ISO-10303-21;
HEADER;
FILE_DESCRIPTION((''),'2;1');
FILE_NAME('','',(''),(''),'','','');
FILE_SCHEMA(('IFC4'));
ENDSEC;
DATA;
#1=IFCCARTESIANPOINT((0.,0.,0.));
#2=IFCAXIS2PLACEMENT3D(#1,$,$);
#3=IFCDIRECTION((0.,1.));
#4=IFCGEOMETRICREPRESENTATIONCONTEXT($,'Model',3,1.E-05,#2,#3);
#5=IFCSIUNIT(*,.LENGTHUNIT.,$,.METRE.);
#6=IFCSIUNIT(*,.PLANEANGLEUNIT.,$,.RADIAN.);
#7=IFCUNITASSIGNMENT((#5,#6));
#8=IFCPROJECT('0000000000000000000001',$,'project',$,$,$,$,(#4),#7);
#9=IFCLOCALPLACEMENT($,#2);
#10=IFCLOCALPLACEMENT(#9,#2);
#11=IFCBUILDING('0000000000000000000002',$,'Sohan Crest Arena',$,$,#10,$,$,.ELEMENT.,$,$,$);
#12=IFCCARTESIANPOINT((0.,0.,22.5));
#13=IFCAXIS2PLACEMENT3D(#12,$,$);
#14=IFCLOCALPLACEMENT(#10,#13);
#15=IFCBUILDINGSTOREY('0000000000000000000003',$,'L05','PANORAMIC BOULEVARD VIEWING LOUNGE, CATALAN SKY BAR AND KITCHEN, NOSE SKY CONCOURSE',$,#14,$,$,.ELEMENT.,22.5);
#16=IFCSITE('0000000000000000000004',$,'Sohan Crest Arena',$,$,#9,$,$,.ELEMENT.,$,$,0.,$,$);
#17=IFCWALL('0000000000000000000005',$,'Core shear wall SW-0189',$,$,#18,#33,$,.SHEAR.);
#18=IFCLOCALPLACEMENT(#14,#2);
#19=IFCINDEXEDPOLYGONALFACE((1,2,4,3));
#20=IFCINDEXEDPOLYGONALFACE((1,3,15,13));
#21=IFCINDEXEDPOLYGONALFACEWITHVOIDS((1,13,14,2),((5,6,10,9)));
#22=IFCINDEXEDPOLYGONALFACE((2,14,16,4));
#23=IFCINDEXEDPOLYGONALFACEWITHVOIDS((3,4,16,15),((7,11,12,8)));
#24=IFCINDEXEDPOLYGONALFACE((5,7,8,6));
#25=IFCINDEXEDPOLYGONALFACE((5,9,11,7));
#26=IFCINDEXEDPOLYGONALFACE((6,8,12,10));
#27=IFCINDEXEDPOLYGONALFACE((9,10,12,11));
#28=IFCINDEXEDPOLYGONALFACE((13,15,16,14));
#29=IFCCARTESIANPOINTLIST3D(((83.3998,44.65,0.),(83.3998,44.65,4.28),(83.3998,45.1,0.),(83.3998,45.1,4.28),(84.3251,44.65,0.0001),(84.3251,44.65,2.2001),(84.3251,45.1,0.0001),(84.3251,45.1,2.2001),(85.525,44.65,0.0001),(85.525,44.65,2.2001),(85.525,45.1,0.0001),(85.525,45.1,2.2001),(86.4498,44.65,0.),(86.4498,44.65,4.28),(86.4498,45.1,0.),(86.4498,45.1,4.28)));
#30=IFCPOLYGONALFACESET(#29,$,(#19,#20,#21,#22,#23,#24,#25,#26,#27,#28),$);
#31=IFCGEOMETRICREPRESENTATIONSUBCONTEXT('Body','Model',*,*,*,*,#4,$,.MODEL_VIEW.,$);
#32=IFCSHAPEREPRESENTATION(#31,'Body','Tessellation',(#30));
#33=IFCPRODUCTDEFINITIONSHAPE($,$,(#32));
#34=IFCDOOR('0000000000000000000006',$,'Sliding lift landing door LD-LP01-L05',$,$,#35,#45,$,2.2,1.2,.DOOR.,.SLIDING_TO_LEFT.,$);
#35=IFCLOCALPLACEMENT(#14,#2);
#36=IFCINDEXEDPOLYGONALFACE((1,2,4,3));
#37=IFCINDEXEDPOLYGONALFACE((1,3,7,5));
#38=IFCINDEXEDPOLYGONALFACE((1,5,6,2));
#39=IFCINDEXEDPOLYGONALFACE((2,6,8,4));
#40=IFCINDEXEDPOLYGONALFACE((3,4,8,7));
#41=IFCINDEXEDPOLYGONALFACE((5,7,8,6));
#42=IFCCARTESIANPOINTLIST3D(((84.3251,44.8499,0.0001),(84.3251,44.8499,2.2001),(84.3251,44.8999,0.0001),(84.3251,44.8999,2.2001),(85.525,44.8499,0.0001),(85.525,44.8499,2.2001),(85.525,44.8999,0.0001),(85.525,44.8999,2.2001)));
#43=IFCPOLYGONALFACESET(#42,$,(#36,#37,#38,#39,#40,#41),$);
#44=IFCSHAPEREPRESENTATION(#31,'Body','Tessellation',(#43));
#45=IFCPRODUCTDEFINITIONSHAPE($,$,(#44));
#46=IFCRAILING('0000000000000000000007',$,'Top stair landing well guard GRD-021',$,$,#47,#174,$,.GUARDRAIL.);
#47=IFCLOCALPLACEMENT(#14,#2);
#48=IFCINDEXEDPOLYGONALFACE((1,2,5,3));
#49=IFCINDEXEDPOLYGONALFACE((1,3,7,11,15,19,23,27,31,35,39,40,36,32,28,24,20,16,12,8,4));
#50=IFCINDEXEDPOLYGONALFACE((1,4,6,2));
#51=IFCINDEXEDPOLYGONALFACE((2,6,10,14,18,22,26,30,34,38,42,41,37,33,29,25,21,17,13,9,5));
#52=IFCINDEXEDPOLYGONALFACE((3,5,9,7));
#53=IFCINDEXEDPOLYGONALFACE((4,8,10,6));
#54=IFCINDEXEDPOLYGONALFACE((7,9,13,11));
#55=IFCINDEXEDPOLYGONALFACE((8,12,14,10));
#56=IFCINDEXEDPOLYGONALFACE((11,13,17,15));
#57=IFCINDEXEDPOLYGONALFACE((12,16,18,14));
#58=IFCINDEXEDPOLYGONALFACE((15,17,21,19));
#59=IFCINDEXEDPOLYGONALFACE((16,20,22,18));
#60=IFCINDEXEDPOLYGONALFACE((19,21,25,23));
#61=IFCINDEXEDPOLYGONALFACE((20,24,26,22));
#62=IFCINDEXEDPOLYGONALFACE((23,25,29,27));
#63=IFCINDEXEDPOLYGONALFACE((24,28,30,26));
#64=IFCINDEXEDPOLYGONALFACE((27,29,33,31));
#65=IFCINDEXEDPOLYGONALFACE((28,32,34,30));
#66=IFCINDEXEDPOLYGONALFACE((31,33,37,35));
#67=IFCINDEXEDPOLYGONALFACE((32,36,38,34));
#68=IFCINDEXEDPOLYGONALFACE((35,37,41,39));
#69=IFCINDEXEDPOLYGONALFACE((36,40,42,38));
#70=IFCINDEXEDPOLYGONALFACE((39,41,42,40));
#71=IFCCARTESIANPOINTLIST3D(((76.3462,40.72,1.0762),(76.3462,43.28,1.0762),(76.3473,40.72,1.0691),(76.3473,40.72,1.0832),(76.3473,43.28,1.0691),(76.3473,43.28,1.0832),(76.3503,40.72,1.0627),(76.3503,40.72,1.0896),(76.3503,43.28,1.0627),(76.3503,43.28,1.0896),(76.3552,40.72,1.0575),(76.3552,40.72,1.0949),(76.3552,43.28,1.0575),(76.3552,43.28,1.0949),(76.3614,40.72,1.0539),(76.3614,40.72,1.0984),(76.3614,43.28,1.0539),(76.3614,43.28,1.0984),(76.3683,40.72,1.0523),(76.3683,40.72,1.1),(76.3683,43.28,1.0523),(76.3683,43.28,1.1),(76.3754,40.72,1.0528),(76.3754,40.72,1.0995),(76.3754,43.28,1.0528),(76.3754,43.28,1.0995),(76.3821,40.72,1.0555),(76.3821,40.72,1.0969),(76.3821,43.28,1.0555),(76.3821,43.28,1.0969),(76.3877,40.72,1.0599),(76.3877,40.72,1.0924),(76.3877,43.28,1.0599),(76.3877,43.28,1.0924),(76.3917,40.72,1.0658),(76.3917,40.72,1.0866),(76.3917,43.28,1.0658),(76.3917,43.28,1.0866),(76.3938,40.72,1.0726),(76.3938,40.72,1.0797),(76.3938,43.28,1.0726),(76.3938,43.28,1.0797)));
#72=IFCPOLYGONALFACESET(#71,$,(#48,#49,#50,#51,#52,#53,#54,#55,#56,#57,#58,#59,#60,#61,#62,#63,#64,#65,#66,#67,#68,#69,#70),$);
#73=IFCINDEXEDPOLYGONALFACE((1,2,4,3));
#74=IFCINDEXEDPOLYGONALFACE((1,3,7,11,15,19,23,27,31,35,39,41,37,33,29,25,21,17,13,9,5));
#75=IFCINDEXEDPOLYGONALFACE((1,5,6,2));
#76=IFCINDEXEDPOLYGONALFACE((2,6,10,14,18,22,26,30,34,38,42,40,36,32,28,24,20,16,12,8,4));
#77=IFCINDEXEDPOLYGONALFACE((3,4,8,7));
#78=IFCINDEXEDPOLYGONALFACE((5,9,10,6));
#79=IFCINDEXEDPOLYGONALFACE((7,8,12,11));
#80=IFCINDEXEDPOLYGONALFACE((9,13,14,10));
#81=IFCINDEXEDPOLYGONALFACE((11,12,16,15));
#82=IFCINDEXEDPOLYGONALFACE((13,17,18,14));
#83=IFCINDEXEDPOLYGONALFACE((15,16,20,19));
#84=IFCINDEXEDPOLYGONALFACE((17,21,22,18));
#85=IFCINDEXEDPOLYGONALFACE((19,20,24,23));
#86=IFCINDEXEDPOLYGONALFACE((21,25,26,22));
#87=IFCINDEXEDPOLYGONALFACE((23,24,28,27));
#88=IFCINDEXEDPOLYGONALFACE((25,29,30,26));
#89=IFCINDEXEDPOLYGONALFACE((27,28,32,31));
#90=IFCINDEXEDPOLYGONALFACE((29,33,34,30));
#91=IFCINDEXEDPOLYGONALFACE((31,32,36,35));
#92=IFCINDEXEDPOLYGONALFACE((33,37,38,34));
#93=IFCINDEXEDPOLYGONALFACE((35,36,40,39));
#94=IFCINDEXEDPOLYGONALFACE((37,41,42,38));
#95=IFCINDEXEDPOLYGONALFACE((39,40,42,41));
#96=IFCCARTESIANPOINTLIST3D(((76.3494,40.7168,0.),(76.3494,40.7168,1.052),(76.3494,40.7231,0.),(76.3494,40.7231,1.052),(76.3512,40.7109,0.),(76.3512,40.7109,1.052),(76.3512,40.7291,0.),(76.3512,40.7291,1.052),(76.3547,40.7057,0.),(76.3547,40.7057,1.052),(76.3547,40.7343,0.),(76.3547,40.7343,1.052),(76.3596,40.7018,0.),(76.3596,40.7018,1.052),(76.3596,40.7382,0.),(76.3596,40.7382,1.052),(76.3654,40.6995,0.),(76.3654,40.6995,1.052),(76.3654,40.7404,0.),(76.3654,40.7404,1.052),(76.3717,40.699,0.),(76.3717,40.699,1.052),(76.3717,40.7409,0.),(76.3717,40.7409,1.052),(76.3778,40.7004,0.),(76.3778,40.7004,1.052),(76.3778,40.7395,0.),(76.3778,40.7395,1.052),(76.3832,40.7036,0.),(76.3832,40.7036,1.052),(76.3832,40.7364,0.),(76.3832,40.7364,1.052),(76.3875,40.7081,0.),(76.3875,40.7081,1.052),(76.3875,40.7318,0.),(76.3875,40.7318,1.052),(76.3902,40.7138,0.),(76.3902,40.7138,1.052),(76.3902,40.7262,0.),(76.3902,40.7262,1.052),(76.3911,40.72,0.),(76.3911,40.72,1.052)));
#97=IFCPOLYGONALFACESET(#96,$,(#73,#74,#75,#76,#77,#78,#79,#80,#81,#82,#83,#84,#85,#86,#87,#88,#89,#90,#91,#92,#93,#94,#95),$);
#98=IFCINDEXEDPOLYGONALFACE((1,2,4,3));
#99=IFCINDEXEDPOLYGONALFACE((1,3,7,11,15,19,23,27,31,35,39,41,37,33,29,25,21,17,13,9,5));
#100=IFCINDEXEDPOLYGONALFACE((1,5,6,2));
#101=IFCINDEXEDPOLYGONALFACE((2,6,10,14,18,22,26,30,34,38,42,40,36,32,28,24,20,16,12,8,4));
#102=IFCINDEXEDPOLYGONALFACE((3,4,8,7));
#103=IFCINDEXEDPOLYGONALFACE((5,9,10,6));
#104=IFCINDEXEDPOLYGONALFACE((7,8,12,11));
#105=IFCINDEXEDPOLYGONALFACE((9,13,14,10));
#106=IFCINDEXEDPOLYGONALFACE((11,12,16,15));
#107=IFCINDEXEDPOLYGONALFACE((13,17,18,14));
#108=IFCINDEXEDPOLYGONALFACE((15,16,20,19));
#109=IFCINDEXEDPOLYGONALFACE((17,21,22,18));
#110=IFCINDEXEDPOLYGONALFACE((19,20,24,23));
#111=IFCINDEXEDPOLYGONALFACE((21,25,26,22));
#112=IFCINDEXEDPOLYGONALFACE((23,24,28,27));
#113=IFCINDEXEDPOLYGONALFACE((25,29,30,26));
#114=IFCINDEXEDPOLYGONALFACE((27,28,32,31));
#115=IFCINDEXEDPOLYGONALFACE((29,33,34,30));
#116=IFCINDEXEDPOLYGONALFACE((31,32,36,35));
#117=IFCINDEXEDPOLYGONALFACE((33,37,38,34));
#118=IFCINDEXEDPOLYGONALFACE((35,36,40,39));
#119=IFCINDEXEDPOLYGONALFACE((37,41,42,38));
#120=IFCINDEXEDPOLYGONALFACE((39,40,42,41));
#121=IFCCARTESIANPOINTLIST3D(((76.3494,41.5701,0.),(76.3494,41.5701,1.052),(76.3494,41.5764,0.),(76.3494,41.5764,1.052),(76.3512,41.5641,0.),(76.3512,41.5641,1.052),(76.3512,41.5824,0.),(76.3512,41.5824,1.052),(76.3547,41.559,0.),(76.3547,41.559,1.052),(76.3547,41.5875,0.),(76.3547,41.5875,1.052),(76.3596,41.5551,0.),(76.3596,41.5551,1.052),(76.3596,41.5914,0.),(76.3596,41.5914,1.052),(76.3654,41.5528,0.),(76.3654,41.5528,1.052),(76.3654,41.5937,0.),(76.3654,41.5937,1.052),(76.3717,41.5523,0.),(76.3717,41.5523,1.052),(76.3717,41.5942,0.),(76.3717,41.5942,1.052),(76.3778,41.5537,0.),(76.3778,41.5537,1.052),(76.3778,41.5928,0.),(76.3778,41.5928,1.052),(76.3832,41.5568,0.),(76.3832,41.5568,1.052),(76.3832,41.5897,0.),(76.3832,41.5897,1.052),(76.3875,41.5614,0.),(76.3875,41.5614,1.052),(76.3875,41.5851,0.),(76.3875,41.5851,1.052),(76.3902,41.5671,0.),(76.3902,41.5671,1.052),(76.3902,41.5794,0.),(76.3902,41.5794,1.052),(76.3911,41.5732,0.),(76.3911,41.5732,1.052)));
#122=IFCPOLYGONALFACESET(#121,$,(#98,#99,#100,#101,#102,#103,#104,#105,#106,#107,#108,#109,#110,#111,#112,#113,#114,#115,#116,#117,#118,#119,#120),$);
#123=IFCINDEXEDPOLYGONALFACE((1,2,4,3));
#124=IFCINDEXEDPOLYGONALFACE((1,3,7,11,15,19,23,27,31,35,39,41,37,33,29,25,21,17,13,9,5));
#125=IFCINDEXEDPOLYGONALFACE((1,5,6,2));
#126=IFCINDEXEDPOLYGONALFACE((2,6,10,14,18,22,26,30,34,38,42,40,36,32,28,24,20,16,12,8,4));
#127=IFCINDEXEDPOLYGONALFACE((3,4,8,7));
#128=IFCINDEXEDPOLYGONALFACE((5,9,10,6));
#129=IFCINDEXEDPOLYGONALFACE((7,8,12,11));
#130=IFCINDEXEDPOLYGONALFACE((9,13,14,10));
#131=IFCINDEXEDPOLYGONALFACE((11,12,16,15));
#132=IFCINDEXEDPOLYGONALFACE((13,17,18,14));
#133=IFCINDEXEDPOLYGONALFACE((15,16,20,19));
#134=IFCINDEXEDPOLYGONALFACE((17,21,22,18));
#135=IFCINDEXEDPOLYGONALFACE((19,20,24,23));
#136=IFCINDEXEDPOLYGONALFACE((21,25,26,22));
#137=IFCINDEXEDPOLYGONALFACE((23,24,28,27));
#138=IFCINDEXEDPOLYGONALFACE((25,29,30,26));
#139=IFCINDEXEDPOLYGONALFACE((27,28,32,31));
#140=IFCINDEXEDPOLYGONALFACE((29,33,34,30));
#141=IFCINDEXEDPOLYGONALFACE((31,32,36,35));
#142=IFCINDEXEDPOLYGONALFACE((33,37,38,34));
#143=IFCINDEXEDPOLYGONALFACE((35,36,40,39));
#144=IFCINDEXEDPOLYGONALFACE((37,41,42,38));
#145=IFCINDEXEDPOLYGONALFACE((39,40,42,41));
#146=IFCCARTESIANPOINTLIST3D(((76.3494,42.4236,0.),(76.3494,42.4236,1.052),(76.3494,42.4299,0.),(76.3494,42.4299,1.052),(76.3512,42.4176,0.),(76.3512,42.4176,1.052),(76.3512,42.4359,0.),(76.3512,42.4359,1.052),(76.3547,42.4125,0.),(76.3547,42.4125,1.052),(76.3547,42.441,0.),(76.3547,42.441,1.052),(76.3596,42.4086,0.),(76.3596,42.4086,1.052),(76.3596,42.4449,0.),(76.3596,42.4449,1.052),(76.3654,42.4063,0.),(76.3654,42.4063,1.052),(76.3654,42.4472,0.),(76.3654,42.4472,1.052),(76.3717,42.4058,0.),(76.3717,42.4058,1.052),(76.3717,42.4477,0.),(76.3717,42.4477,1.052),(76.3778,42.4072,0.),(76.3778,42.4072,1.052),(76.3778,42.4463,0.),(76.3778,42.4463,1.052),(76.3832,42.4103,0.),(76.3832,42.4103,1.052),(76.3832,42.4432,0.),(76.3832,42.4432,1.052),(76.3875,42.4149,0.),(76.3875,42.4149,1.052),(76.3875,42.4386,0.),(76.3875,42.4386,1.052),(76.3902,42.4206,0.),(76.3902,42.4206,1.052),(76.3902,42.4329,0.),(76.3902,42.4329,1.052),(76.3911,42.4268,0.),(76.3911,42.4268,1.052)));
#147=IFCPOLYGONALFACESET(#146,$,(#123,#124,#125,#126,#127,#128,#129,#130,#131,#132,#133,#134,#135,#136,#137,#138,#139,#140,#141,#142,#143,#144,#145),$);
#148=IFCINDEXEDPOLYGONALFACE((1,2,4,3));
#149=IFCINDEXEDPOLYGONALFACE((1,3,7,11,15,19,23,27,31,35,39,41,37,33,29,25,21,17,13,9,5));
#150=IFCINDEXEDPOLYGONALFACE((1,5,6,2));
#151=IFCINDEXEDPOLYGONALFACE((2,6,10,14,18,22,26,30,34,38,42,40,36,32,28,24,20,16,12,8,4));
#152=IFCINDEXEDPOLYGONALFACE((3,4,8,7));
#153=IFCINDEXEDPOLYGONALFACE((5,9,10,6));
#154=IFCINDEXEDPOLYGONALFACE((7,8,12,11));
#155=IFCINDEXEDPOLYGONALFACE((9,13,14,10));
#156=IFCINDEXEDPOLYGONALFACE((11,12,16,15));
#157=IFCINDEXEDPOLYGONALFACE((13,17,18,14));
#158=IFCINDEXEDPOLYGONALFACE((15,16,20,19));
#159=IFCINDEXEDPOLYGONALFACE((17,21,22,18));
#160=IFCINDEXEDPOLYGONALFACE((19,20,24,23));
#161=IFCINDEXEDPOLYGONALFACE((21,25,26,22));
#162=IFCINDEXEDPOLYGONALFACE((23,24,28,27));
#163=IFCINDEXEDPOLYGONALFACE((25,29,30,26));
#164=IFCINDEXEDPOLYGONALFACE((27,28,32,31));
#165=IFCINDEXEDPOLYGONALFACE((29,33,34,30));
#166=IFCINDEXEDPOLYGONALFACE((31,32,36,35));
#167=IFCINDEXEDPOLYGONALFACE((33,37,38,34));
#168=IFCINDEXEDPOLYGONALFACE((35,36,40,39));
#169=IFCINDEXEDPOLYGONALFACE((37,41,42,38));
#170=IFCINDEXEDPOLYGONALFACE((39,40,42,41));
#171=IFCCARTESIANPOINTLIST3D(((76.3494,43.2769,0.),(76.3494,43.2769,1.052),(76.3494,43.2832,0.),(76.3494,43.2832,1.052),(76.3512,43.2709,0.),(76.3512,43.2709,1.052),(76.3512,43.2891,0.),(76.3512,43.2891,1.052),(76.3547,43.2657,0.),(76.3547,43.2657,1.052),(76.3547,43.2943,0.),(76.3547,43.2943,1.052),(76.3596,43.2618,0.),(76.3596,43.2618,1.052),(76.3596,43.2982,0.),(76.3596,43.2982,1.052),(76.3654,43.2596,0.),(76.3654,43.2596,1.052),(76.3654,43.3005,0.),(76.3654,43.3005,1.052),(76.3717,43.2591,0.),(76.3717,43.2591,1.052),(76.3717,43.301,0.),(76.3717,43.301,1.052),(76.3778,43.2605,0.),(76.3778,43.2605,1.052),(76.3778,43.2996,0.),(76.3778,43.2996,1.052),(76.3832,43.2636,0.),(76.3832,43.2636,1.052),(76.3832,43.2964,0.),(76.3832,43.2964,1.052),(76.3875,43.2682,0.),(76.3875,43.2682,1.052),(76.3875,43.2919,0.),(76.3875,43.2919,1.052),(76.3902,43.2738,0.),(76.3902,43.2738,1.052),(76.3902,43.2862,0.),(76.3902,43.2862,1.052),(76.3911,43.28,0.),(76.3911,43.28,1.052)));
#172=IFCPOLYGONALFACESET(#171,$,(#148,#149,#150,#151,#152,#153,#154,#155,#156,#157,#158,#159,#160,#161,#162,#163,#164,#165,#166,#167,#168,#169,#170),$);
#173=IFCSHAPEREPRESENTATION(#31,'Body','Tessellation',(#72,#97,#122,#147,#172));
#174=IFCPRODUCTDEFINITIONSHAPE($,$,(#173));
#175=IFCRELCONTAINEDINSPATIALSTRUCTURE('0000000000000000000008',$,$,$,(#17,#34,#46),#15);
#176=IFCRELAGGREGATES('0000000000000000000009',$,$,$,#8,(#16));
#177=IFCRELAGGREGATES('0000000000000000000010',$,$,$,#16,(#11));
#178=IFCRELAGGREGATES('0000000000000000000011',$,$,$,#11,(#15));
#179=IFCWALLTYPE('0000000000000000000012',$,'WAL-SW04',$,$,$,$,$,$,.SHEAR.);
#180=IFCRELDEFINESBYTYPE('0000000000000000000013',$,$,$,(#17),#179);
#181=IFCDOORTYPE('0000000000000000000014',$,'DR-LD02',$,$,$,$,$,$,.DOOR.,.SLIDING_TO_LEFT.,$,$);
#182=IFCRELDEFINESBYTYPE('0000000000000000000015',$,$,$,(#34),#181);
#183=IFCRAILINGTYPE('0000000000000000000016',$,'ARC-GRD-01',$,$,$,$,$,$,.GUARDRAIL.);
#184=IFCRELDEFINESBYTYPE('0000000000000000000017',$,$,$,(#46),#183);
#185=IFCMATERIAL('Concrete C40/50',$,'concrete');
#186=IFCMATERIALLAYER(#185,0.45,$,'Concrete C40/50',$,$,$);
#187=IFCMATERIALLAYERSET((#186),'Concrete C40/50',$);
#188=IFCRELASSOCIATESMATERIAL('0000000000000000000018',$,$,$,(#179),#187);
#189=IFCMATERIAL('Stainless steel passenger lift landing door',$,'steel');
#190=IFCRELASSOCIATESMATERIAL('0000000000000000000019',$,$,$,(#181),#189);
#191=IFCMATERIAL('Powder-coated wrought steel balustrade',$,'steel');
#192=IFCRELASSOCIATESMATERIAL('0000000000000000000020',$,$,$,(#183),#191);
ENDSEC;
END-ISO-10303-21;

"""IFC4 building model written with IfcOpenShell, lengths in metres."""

from ifc_helpers import new_model, si_unit, direction, frame, frame_2d, origin, origin_2d, place, context, subcontext, project, spatial, rectangle, circle, extrude, material, layer, layer_set, type_object, element, fill, save


model = new_model("IFC4")

# Units and contexts
model_context = context("Model", 3, precision=1e-05, world=origin(), true_north=direction((0.0, 1.0)))
body_context = subcontext(model_context, "Body", "Model", "MODEL_VIEW")
ifc_project = project(units=[si_unit("LENGTHUNIT", "METRE"), si_unit("PLANEANGLEUNIT", "RADIAN")], contexts=[model_context])

# Site, building, storey
site_placement = place(None, origin())
site = spatial("IfcSite", under=ifc_project, at=site_placement, Name="Sohan Crest Arena", CompositionType="ELEMENT", RefElevation=0.0)
building_placement = place(site_placement, origin())
building = spatial("IfcBuilding", under=site, at=building_placement, Name="Sohan Crest Arena", CompositionType="ELEMENT")
storey_placement = place(building_placement, frame((0.0, 0.0, 22.5)))
storey = spatial("IfcBuildingStorey", under=building, at=storey_placement, Name="L05", Description="PANORAMIC BOULEVARD VIEWING LOUNGE, CATALAN SKY BAR AND KITCHEN, NOSE SKY CONCOURSE", CompositionType="ELEMENT", Elevation=22.5)

# Shared definitions
ifc_material_1 = material(Name="Concrete C40/50", Category="concrete")
ifc_layer_1 = layer(ifc_material_1, 0.45, Name="Concrete C40/50")
ifc_layer_set_1 = layer_set([ifc_layer_1], Name="Concrete C40/50")
wall_type = type_object("IfcWallType", Name="WAL-SW04", PredefinedType="SHEAR", material=ifc_layer_set_1)

# Wall, opening, door
wall_1_placement = place(storey_placement, frame((83.3999, 44.875, 0.0), z_axis=(0.0, 0.0, 1.0), x_axis=(1.0, 0.0, 0.0)))
wall_1 = element("IfcWall", 1, at=wall_1_placement, inside=storey, type_object=wall_type, Name="Core shear wall SW-0189", PredefinedType="SHEAR", context=body_context, shape_type="SweptSolid", body=[
    extrude(rectangle(XDim=3.05, YDim=0.45, at=frame_2d((1.5249, 0.0))), origin(), (0.0, 0.0, 1.0), 4.28),
])
opening_1_placement = place(wall_1_placement, frame((0.925, 0.0, 0.0)))
opening_1 = element("IfcOpeningElement", 2, at=opening_1_placement, cuts=wall_1, PredefinedType="OPENING", context=body_context, shape_type="SweptSolid", body=[
    extrude(rectangle(XDim=1.2, YDim=2.2, at=frame_2d((0.6001, 1.1001))), frame((0.0, 0.2349, 0.0), z_axis=(0.0, -1.0, 0.0), x_axis=(1.0, 0.0, 0.0)), (0.0, 0.0, 1.0), 0.47),
])
ifc_material_2 = material(Name="Stainless steel passenger lift landing door", Category="steel")
door_type_1 = type_object("IfcDoorType", Name="DR-LD02", OperationType="SLIDING_TO_LEFT", PredefinedType="DOOR", material=ifc_material_2)
door_1_placement = place(opening_1_placement, origin())
door_1 = element("IfcDoor", 3, at=door_1_placement, inside=storey, type_object=door_type_1, Name="Sliding lift landing door LD-LP01-L05", OperationType="SLIDING_TO_LEFT", OverallHeight=2.2, OverallWidth=1.2, PredefinedType="DOOR", context=body_context, shape_type="SweptSolid", body=[
    extrude(rectangle(XDim=1.2, YDim=2.2, at=frame_2d((0.6001, 1.1001))), frame((0.0, 0.0249, 0.0), z_axis=(0.0, -1.0, 0.0), x_axis=(1.0, 0.0, 0.0)), (0.0, 0.0, 1.0), 0.05),
])
fill(opening_1, door_1)

# Railing
ifc_material_3 = material(Name="Powder-coated wrought steel balustrade", Category="steel")
railing_type = type_object("IfcRailingType", Name="ARC-GRD-01", PredefinedType="GUARDRAIL", material=ifc_material_3)
railing_placement = place(storey_placement, frame((76.3701, 40.72, 0.0)))
element("IfcRailing", 4, at=railing_placement, inside=storey, type_object=railing_type, Name="Top stair landing well guard GRD-021", PredefinedType="GUARDRAIL", context=body_context, shape_type="SweptSolid", body=[
    extrude(circle(Radius=0.0239, at=origin_2d()), frame((0.0, 0.0, 1.0762), z_axis=(0.0, 1.0, 0.0), x_axis=(-1.0, 0.0, 0.0)), (0.0, 0.0, 1.0), 2.5601),
    extrude(circle(Radius=0.021, at=origin_2d()), origin(), (0.0, 0.0, 1.0), 1.052),
    extrude(circle(Radius=0.021, at=origin_2d()), frame((0.0, 0.8533, 0.0)), (0.0, 0.0, 1.0), 1.052),
    extrude(circle(Radius=0.021, at=origin_2d()), frame((0.0, 1.7068, 0.0)), (0.0, 0.0, 1.0), 1.052),
    extrude(circle(Radius=0.021, at=origin_2d()), frame((0.0, 2.5601, 0.0)), (0.0, 0.0, 1.0), 1.052),
])

save(model, "model.ifc")
